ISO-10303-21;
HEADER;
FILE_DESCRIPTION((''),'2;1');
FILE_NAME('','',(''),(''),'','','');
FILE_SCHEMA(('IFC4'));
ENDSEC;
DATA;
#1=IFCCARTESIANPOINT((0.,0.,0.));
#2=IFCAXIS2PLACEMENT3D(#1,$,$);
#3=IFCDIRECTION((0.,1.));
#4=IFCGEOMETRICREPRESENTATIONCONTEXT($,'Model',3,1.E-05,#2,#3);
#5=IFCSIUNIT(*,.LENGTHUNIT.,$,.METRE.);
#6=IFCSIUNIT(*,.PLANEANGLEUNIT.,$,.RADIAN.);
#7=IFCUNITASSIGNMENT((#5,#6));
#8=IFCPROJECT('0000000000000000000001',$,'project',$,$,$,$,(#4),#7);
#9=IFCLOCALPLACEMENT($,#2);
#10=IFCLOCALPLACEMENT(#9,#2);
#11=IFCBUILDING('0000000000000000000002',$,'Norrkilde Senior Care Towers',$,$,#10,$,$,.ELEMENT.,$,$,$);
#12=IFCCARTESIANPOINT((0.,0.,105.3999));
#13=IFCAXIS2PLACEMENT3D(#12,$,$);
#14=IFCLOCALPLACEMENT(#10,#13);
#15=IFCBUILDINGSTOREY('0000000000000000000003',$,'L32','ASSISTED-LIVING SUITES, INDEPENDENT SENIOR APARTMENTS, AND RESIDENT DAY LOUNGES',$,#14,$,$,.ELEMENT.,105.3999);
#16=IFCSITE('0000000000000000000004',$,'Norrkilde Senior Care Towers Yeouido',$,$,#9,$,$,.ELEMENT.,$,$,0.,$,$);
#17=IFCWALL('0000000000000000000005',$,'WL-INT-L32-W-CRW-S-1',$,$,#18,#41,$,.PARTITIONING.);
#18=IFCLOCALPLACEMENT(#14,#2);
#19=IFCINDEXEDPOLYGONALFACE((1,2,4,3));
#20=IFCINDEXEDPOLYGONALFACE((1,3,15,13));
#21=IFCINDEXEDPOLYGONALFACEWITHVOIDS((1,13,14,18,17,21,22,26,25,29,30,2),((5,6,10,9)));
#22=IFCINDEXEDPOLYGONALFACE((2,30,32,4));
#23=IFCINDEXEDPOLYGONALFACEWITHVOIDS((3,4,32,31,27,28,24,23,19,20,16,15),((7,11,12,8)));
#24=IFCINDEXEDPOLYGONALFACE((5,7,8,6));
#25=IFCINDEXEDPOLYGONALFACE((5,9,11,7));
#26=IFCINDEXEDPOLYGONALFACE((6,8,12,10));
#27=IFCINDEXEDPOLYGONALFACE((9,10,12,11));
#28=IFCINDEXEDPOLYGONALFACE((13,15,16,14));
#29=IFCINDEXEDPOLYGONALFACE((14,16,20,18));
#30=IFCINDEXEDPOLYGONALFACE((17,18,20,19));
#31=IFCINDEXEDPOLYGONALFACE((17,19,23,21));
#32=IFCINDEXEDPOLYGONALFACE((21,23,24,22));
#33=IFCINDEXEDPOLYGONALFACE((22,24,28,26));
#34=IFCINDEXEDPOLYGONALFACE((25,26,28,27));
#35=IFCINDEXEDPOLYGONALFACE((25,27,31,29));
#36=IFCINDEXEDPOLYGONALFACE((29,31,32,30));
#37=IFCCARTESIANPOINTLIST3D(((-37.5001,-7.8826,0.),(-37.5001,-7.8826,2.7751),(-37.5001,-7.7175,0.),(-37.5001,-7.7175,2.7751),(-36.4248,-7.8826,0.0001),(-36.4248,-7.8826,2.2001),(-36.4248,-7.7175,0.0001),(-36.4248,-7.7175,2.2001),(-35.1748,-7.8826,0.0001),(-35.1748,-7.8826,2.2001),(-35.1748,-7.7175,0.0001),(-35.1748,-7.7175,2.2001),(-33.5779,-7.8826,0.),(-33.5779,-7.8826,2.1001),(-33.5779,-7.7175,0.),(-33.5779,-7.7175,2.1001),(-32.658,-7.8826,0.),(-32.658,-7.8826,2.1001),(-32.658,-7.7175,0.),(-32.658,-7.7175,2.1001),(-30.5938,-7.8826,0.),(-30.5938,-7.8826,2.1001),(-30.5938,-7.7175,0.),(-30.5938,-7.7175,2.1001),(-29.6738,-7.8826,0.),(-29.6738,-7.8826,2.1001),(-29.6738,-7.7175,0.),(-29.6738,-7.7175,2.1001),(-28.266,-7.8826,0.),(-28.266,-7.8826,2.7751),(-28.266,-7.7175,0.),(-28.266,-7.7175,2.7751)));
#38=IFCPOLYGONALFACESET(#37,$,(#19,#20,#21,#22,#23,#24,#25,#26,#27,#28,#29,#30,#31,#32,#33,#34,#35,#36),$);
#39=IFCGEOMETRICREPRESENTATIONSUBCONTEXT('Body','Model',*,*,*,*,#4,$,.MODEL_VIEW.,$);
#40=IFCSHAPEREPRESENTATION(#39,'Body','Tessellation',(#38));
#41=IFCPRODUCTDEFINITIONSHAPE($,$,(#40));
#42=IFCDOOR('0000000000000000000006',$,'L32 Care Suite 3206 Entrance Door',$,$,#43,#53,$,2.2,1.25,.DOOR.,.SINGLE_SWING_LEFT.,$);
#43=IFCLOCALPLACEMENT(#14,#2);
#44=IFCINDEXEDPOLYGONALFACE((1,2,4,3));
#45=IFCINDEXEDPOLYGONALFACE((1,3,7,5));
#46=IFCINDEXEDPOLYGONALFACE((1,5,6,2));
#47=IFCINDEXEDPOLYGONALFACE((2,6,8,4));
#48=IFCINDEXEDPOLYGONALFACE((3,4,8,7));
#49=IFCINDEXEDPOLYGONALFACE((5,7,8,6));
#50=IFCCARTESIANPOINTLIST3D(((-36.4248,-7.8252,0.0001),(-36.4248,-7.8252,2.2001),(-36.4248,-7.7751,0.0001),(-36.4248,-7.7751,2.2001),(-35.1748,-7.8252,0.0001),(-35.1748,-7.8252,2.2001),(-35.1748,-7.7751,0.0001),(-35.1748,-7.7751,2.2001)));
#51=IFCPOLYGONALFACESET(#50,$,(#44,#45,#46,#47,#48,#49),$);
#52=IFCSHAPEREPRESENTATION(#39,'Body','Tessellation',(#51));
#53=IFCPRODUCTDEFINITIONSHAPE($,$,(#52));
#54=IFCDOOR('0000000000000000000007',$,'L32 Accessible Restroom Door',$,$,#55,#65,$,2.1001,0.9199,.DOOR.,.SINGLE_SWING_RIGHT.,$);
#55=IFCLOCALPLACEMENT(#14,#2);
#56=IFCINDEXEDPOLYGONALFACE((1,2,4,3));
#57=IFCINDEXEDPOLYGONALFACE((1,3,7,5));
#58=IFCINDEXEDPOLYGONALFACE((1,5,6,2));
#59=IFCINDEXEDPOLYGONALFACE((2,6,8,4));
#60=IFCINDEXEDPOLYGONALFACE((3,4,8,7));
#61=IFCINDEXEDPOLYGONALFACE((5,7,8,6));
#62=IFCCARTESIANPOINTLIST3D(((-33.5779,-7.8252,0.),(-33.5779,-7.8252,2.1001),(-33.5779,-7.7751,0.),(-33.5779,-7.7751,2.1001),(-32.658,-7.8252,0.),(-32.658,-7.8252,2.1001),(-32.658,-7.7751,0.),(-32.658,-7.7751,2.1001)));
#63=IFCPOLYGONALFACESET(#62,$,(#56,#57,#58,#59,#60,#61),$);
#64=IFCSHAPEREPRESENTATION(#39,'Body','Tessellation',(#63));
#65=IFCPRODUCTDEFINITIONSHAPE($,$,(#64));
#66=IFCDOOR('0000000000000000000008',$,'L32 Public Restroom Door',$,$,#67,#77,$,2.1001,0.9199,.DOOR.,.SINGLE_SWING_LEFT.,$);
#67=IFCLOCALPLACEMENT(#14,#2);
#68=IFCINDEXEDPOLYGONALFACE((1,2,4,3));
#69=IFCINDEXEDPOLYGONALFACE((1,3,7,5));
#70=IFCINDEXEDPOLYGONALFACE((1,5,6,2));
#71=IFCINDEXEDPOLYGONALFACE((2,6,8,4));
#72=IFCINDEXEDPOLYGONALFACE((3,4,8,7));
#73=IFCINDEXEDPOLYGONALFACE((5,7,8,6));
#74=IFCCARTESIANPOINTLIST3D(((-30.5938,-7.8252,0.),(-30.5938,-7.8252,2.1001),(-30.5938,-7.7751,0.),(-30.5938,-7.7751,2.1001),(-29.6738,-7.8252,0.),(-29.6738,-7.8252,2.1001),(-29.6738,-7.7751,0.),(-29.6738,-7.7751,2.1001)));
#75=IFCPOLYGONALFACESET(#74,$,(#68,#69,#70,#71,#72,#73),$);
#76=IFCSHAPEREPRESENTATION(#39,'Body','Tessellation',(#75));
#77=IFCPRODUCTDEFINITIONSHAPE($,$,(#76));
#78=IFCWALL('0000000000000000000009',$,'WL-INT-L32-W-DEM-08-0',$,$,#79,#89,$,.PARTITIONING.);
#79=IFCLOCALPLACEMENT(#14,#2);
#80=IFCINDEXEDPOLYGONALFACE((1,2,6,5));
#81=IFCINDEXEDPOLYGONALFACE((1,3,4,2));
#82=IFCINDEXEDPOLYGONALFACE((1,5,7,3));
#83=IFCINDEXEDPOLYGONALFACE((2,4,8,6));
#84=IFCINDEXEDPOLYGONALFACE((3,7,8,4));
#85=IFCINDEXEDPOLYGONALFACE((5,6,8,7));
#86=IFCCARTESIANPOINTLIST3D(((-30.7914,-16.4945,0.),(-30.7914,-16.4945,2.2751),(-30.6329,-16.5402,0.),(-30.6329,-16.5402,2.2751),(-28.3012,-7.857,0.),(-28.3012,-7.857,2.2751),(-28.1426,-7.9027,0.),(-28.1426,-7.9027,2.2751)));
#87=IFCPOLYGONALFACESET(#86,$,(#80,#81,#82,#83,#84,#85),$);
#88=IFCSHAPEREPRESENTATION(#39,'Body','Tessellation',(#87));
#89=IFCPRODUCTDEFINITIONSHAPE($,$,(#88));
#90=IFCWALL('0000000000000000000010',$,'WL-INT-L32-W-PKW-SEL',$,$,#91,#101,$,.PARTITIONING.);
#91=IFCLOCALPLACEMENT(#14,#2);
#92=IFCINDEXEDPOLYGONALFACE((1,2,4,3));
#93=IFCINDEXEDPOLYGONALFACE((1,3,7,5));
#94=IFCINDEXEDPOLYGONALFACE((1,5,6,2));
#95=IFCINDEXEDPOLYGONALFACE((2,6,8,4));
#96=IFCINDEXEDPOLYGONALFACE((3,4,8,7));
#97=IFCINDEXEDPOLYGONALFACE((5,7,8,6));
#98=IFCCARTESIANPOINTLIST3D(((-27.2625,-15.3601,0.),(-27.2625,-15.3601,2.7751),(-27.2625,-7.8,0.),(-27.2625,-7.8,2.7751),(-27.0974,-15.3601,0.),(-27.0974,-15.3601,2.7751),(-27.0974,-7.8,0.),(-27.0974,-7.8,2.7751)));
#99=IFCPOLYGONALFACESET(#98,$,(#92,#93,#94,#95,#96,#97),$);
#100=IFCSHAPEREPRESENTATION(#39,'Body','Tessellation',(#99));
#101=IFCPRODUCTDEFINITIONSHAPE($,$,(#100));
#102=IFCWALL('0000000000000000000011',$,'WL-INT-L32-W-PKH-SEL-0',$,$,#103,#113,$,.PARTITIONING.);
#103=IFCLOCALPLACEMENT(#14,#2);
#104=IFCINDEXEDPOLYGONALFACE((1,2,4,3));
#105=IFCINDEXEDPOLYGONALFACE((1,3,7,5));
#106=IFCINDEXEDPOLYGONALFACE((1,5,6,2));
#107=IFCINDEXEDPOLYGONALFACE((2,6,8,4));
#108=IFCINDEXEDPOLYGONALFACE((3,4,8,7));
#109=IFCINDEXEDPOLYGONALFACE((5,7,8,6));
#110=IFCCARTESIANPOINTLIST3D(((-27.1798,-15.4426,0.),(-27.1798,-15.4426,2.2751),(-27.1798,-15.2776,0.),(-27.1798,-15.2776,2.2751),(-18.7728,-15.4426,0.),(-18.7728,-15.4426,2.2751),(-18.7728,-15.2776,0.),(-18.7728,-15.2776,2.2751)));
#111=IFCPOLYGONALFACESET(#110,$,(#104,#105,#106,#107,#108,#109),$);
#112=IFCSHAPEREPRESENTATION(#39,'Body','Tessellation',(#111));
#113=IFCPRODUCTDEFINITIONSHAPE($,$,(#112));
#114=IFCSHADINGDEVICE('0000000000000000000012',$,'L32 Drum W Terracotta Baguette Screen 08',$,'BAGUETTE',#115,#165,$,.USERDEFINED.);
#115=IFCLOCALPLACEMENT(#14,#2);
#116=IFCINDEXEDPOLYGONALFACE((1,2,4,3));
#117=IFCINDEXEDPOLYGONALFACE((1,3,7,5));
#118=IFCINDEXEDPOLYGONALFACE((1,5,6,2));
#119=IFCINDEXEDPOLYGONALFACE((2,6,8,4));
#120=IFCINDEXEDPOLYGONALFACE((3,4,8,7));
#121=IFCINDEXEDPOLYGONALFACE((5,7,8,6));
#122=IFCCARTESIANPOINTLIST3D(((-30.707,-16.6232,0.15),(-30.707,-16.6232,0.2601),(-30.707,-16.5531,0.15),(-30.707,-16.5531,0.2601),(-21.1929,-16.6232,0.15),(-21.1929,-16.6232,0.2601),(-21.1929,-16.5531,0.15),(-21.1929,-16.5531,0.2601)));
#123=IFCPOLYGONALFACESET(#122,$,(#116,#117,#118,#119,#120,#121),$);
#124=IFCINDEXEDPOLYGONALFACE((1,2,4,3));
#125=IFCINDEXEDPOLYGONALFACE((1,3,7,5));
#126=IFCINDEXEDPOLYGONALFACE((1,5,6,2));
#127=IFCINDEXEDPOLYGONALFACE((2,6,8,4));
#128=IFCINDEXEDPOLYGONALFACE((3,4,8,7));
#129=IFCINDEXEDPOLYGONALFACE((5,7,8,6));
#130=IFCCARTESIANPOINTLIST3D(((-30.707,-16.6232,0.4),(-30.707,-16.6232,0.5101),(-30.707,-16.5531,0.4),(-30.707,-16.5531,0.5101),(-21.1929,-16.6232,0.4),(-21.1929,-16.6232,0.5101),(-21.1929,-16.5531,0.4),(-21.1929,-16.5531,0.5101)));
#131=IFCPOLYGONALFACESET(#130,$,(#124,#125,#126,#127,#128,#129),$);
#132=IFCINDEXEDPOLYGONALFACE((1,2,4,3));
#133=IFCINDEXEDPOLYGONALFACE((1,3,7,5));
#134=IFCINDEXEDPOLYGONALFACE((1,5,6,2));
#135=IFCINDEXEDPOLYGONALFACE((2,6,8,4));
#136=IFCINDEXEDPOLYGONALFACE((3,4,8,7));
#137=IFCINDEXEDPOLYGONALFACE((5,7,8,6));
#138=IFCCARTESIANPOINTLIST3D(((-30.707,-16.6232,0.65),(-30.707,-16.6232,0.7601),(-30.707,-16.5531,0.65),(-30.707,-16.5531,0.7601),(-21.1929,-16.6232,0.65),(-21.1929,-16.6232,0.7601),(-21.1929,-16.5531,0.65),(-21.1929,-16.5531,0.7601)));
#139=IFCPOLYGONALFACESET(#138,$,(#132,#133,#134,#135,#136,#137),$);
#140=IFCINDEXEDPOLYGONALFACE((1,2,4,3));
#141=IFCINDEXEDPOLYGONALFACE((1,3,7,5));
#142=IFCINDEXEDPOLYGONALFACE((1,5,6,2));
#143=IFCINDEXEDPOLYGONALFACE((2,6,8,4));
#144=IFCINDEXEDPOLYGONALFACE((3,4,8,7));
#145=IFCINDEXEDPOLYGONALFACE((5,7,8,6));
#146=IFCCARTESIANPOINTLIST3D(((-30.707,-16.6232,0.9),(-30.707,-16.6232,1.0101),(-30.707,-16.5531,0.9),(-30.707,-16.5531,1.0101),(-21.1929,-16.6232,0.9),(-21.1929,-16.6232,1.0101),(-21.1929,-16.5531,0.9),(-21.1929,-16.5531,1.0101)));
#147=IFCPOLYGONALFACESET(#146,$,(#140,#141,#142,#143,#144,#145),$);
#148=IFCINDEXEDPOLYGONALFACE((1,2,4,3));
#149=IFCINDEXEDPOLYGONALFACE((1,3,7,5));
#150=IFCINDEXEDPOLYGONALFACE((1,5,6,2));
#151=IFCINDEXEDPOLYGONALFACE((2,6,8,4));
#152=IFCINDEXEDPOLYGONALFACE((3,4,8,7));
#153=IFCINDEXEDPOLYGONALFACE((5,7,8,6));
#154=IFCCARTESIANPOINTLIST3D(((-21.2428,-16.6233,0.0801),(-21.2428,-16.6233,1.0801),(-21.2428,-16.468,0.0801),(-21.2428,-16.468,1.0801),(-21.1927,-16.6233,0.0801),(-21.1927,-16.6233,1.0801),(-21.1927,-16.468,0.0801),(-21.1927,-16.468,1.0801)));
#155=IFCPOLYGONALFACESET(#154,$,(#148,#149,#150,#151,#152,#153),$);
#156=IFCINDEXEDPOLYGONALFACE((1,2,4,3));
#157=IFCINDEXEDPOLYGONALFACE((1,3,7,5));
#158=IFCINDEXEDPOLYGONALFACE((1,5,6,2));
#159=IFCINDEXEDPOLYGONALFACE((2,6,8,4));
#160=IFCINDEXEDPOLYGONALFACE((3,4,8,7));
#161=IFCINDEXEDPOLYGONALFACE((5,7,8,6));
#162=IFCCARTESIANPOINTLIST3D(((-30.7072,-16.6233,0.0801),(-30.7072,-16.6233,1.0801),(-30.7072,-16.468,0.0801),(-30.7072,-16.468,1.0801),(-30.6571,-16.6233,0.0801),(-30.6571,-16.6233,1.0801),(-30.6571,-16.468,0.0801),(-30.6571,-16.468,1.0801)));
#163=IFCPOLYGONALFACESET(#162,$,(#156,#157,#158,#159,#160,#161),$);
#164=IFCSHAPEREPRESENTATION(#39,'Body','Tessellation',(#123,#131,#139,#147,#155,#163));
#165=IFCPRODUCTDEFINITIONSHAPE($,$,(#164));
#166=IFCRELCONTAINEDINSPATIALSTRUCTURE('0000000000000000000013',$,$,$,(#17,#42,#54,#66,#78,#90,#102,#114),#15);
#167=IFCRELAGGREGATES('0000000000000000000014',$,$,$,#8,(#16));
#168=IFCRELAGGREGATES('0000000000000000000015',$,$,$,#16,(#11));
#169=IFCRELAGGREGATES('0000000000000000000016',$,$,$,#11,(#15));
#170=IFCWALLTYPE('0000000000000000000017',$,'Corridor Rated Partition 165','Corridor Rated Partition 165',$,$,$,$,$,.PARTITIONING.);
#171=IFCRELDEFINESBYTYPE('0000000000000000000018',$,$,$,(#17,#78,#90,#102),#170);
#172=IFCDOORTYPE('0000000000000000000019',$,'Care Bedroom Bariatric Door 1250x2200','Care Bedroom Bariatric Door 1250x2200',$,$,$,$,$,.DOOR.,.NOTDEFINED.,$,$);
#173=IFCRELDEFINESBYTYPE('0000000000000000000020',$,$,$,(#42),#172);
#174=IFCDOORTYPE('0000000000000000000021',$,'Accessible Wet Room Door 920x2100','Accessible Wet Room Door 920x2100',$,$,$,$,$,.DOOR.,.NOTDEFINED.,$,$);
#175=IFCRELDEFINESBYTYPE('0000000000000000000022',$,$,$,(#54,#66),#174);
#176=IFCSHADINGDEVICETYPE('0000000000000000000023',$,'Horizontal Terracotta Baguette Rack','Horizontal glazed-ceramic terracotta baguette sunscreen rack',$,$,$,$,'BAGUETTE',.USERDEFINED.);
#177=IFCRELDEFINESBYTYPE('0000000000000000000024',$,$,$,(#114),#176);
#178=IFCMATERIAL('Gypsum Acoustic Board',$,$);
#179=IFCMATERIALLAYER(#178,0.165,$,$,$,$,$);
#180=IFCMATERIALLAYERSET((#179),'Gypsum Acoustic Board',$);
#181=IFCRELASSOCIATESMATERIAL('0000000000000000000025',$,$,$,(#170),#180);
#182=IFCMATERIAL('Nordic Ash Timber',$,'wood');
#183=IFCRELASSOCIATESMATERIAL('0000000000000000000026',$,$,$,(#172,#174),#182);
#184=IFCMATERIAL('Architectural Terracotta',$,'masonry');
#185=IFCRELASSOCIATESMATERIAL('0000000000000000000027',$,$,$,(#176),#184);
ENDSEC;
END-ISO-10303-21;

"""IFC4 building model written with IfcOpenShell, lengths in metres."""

from ifc_helpers import new_model, si_unit, direction, frame, frame_2d, origin, origin_2d, place, context, subcontext, project, spatial, rectangle, extrude, source, transform, mapped, material, layer, layer_set, type_object, type_shapes, element, fill, save


model = new_model("IFC4")

# Units and contexts
model_context = context("Model", 3, precision=1e-05, world=origin(), true_north=direction((0.0, 1.0)))
body_context = subcontext(model_context, "Body", "Model", "MODEL_VIEW")
ifc_project = project(units=[si_unit("LENGTHUNIT", "METRE"), si_unit("PLANEANGLEUNIT", "RADIAN")], contexts=[model_context])

# Site, building, storey
site_placement = place(None, origin())
site = spatial("IfcSite", under=ifc_project, at=site_placement, Name="Norrkilde Senior Care Towers Yeouido", CompositionType="ELEMENT", RefElevation=0.0)
building_placement = place(site_placement, origin())
building = spatial("IfcBuilding", under=site, at=building_placement, Name="Norrkilde Senior Care Towers", CompositionType="ELEMENT")
storey_placement = place(building_placement, frame((0.0, 0.0, 105.3999)))
storey = spatial("IfcBuildingStorey", under=building, at=storey_placement, Name="L32", Description="ASSISTED-LIVING SUITES, INDEPENDENT SENIOR APARTMENTS, AND RESIDENT DAY LOUNGES", CompositionType="ELEMENT", Elevation=105.3999)

# Shared definitions
ifc_material_1 = material(Name="Gypsum Acoustic Board")
ifc_layer_1 = layer(ifc_material_1, 0.165)
ifc_layer_set_1 = layer_set([ifc_layer_1], Name="Gypsum Acoustic Board")
wall_type_1 = type_object("IfcWallType", Name="Corridor Rated Partition 165", Description="Corridor Rated Partition 165", PredefinedType="PARTITIONING", material=ifc_layer_set_1)

# Wall, openings, doors
shared_shape_1 = source(origin(), body_context, "Body", "SweptSolid", [
    extrude(rectangle(XDim=9.2341, YDim=0.165, at=frame_2d((4.6172, 0.0))), origin(), (0.0, 0.0, 1.0), 2.7751),
])
wall_1_placement = place(storey_placement, frame((-28.2659, -7.8, 0.0), z_axis=(0.0, 0.0, 1.0), x_axis=(-1.0, 0.0, 0.0)))
wall_1 = element("IfcWall", 1, at=wall_1_placement, inside=storey, type_object=wall_type_1, Name="WL-INT-L32-W-CRW-S-1", PredefinedType="PARTITIONING", context=body_context, shape_type="MappedRepresentation", body=[
    mapped(shared_shape_1, transform((0.0, 0.0, 0.0), x_axis=(1.0, 0.0, 0.0), y_axis=(0.0, 1.0, 0.0), z_axis=(0.0, 0.0, 1.0), scale=1.0)),
])
opening_1_placement = place(wall_1_placement, frame((6.9089, 0.0, 0.0)))
opening_1 = element("IfcOpeningElement", 2, at=opening_1_placement, cuts=wall_1, PredefinedType="OPENING", context=body_context, shape_type="SweptSolid", body=[
    extrude(rectangle(XDim=1.25, YDim=2.2, at=frame_2d((0.625, 1.1001))), frame((0.0, 0.0925, 0.0), z_axis=(0.0, -1.0, 0.0), x_axis=(1.0, 0.0, 0.0)), (0.0, 0.0, 1.0), 0.1851),
])
opening_2_placement = place(wall_1_placement, frame((4.3921, 0.0, 0.0)))
opening_2 = element("IfcOpeningElement", 3, at=opening_2_placement, cuts=wall_1, PredefinedType="OPENING", context=body_context, shape_type="SweptSolid", body=[
    extrude(rectangle(XDim=0.9199, YDim=2.1001, at=frame_2d((0.46, 1.05))), frame((0.0, 0.0925, 0.0), z_axis=(0.0, -1.0, 0.0), x_axis=(1.0, 0.0, 0.0)), (0.0, 0.0, 1.0), 0.1851),
])
opening_3_placement = place(wall_1_placement, frame((1.408, 0.0, 0.0)))
opening_3 = element("IfcOpeningElement", 4, at=opening_3_placement, cuts=wall_1, PredefinedType="OPENING", context=body_context, shape_type="SweptSolid", body=[
    extrude(rectangle(XDim=0.9199, YDim=2.1001, at=frame_2d((0.46, 1.05))), frame((0.0, 0.0925, 0.0), z_axis=(0.0, -1.0, 0.0), x_axis=(1.0, 0.0, 0.0)), (0.0, 0.0, 1.0), 0.1851),
])
ifc_material_2 = material(Name="Nordic Ash Timber", Category="wood")
door_type_1 = type_object("IfcDoorType", Name="Care Bedroom Bariatric Door 1250x2200", Description="Care Bedroom Bariatric Door 1250x2200", OperationType="NOTDEFINED", PredefinedType="DOOR", material=ifc_material_2)
shared_shape_2 = source(origin(), body_context, "Body", "SweptSolid", [
    extrude(rectangle(XDim=1.25, YDim=2.2, at=frame_2d((0.625, 1.1001))), frame((0.0, 0.0249, 0.0), z_axis=(0.0, -1.0, 0.0), x_axis=(1.0, 0.0, 0.0)), (0.0, 0.0, 1.0), 0.05),
])
type_shapes(door_type_1, [shared_shape_2])
door_1_placement = place(opening_1_placement, frame((1.25, 0.0, 0.0), z_axis=(0.0, 0.0, 1.0), x_axis=(-1.0, 0.0, 0.0)))
door_1 = element("IfcDoor", 5, at=door_1_placement, inside=storey, type_object=door_type_1, Name="L32 Care Suite 3206 Entrance Door", OperationType="SINGLE_SWING_LEFT", OverallHeight=2.2, OverallWidth=1.25, PredefinedType="DOOR", context=body_context, shape_type="MappedRepresentation", body=[
    mapped(shared_shape_2, transform((0.0, 0.0, 0.0), x_axis=(1.0, 0.0, 0.0), y_axis=(0.0, 1.0, 0.0), z_axis=(0.0, 0.0, 1.0), scale=1.0)),
])
fill(opening_1, door_1)
door_type_2 = type_object("IfcDoorType", Name="Accessible Wet Room Door 920x2100", Description="Accessible Wet Room Door 920x2100", OperationType="NOTDEFINED", PredefinedType="DOOR", material=ifc_material_2)
shared_shape_3 = source(origin(), body_context, "Body", "SweptSolid", [
    extrude(rectangle(XDim=0.9199, YDim=2.1001, at=frame_2d((0.46, 1.05))), frame((0.0, 0.0249, 0.0), z_axis=(0.0, -1.0, 0.0), x_axis=(1.0, 0.0, 0.0)), (0.0, 0.0, 1.0), 0.05),
])
type_shapes(door_type_2, [shared_shape_3])
door_2_placement = place(opening_2_placement, frame((0.9199, 0.0, 0.0), z_axis=(0.0, 0.0, 1.0), x_axis=(-1.0, 0.0, 0.0)))
door_2 = element("IfcDoor", 6, at=door_2_placement, inside=storey, type_object=door_type_2, Name="L32 Accessible Restroom Door", OperationType="SINGLE_SWING_RIGHT", OverallHeight=2.1001, OverallWidth=0.9199, PredefinedType="DOOR", context=body_context, shape_type="MappedRepresentation", body=[
    mapped(shared_shape_3, transform((0.0, 0.0, 0.0), x_axis=(1.0, 0.0, 0.0), y_axis=(0.0, 1.0, 0.0), z_axis=(0.0, 0.0, 1.0), scale=1.0)),
])
fill(opening_2, door_2)
door_3_placement = place(opening_3_placement, frame((0.9199, 0.0, 0.0), z_axis=(0.0, 0.0, 1.0), x_axis=(-1.0, 0.0, 0.0)))
door_3 = element("IfcDoor", 7, at=door_3_placement, inside=storey, type_object=door_type_2, Name="L32 Public Restroom Door", OperationType="SINGLE_SWING_LEFT", OverallHeight=2.1001, OverallWidth=0.9199, PredefinedType="DOOR", context=body_context, shape_type="MappedRepresentation", body=[
    mapped(shared_shape_3, transform((0.0, 0.0, 0.0), x_axis=(1.0, 0.0, 0.0), y_axis=(0.0, 1.0, 0.0), z_axis=(0.0, 0.0, 1.0), scale=1.0)),
])
fill(opening_3, door_3)

# Walls
shared_shape_4 = source(origin(), body_context, "Body", "SweptSolid", [
    extrude(rectangle(XDim=8.9893, YDim=0.165, at=frame_2d((4.4946, 0.0))), origin(), (0.0, 0.0, 1.0), 2.2751),
])
wall_2_placement = place(storey_placement, frame((-28.2219, -7.8799, 0.0), z_axis=(0.0, 0.0, 1.0), x_axis=(-0.277023, -0.960863, 0.0)))
element("IfcWall", 8, at=wall_2_placement, inside=storey, type_object=wall_type_1, Name="WL-INT-L32-W-DEM-08-0", PredefinedType="PARTITIONING", context=body_context, shape_type="MappedRepresentation", body=[
    mapped(shared_shape_4, transform((0.0, 0.0, 0.0), x_axis=(1.0, 0.0, 0.0), y_axis=(0.0, 1.0, 0.0), z_axis=(0.0, 0.0, 1.0), scale=1.0)),
])
shared_shape_5 = source(origin(), body_context, "Body", "SweptSolid", [
    extrude(rectangle(XDim=7.5601, YDim=0.165, at=frame_2d((3.78, 0.0))), origin(), (0.0, 0.0, 1.0), 2.7751),
])
wall_3_placement = place(storey_placement, frame((-27.1799, -15.3601, 0.0), z_axis=(0.0, 0.0, 1.0), x_axis=(0.0, 1.0, 0.0)))
element("IfcWall", 9, at=wall_3_placement, inside=storey, type_object=wall_type_1, Name="WL-INT-L32-W-PKW-SEL", PredefinedType="PARTITIONING", context=body_context, shape_type="MappedRepresentation", body=[
    mapped(shared_shape_5, transform((0.0, 0.0, 0.0), x_axis=(1.0, 0.0, 0.0), y_axis=(0.0, 1.0, 0.0), z_axis=(0.0, 0.0, 1.0), scale=1.0)),
])
shared_shape_6 = source(origin(), body_context, "Body", "SweptSolid", [
    extrude(rectangle(XDim=8.407, YDim=0.165, at=frame_2d((4.2036, 0.0))), origin(), (0.0, 0.0, 1.0), 2.2751),
])
wall_4_placement = place(storey_placement, frame((-27.1799, -15.3601, 0.0), z_axis=(0.0, 0.0, 1.0), x_axis=(1.0, 0.0, 0.0)))
element("IfcWall", 10, at=wall_4_placement, inside=storey, type_object=wall_type_1, Name="WL-INT-L32-W-PKH-SEL-0", PredefinedType="PARTITIONING", context=body_context, shape_type="MappedRepresentation", body=[
    mapped(shared_shape_6, transform((0.0, 0.0, 0.0), x_axis=(1.0, 0.0, 0.0), y_axis=(0.0, 1.0, 0.0), z_axis=(0.0, 0.0, 1.0), scale=1.0)),
])

# Shading device
ifc_material_3 = material(Name="Architectural Terracotta", Category="masonry")
shading_device_type = type_object("IfcShadingDeviceType", Name="Horizontal Terracotta Baguette Rack", Description="Horizontal glazed-ceramic terracotta baguette sunscreen rack", ElementType="BAGUETTE", PredefinedType="USERDEFINED", material=ifc_material_3)
shared_shape_7 = source(origin(), body_context, "Body", "SweptSolid", [
    extrude(rectangle(XDim=0.0701, YDim=0.1101, at=origin_2d()), frame((0.0, 0.0901, 0.125), z_axis=(1.0, 0.0, 0.0), x_axis=(0.0, 1.0, 0.0)), (0.0, 0.0, 1.0), 9.5142),
    extrude(rectangle(XDim=0.0701, YDim=0.1101, at=origin_2d()), frame((0.0, 0.0901, 0.375), z_axis=(1.0, 0.0, 0.0), x_axis=(0.0, 1.0, 0.0)), (0.0, 0.0, 1.0), 9.5142),
    extrude(rectangle(XDim=0.0701, YDim=0.1101, at=origin_2d()), frame((0.0, 0.0901, 0.625), z_axis=(1.0, 0.0, 0.0), x_axis=(0.0, 1.0, 0.0)), (0.0, 0.0, 1.0), 9.5142),
    extrude(rectangle(XDim=0.0701, YDim=0.1101, at=origin_2d()), frame((0.0, 0.0901, 0.875), z_axis=(1.0, 0.0, 0.0), x_axis=(0.0, 1.0, 0.0)), (0.0, 0.0, 1.0), 9.5142),
    extrude(rectangle(XDim=0.05, YDim=0.1553, at=origin_2d()), frame((0.0249, 0.0476, 0.0)), (0.0, 0.0, 1.0), 1.0),
    extrude(rectangle(XDim=0.05, YDim=0.1553, at=origin_2d()), frame((9.4893, 0.0476, 0.0)), (0.0, 0.0, 1.0), 1.0),
])
type_shapes(shading_device_type, [shared_shape_7])
shading_device_placement = place(storey_placement, frame((-21.1929, -16.498, 0.0801), z_axis=(0.0, 0.0, 1.0), x_axis=(-1.0, 0.0, 0.0)))
element("IfcShadingDevice", 11, at=shading_device_placement, inside=storey, type_object=shading_device_type, Name="L32 Drum W Terracotta Baguette Screen 08", ObjectType="BAGUETTE", PredefinedType="USERDEFINED", context=body_context, shape_type="MappedRepresentation", body=[
    mapped(shared_shape_7, transform((0.0, 0.0, 0.0), x_axis=(1.0, 0.0, 0.0), y_axis=(0.0, 1.0, 0.0), z_axis=(0.0, 0.0, 1.0), scale=1.0)),
])

save(model, "model.ifc")
